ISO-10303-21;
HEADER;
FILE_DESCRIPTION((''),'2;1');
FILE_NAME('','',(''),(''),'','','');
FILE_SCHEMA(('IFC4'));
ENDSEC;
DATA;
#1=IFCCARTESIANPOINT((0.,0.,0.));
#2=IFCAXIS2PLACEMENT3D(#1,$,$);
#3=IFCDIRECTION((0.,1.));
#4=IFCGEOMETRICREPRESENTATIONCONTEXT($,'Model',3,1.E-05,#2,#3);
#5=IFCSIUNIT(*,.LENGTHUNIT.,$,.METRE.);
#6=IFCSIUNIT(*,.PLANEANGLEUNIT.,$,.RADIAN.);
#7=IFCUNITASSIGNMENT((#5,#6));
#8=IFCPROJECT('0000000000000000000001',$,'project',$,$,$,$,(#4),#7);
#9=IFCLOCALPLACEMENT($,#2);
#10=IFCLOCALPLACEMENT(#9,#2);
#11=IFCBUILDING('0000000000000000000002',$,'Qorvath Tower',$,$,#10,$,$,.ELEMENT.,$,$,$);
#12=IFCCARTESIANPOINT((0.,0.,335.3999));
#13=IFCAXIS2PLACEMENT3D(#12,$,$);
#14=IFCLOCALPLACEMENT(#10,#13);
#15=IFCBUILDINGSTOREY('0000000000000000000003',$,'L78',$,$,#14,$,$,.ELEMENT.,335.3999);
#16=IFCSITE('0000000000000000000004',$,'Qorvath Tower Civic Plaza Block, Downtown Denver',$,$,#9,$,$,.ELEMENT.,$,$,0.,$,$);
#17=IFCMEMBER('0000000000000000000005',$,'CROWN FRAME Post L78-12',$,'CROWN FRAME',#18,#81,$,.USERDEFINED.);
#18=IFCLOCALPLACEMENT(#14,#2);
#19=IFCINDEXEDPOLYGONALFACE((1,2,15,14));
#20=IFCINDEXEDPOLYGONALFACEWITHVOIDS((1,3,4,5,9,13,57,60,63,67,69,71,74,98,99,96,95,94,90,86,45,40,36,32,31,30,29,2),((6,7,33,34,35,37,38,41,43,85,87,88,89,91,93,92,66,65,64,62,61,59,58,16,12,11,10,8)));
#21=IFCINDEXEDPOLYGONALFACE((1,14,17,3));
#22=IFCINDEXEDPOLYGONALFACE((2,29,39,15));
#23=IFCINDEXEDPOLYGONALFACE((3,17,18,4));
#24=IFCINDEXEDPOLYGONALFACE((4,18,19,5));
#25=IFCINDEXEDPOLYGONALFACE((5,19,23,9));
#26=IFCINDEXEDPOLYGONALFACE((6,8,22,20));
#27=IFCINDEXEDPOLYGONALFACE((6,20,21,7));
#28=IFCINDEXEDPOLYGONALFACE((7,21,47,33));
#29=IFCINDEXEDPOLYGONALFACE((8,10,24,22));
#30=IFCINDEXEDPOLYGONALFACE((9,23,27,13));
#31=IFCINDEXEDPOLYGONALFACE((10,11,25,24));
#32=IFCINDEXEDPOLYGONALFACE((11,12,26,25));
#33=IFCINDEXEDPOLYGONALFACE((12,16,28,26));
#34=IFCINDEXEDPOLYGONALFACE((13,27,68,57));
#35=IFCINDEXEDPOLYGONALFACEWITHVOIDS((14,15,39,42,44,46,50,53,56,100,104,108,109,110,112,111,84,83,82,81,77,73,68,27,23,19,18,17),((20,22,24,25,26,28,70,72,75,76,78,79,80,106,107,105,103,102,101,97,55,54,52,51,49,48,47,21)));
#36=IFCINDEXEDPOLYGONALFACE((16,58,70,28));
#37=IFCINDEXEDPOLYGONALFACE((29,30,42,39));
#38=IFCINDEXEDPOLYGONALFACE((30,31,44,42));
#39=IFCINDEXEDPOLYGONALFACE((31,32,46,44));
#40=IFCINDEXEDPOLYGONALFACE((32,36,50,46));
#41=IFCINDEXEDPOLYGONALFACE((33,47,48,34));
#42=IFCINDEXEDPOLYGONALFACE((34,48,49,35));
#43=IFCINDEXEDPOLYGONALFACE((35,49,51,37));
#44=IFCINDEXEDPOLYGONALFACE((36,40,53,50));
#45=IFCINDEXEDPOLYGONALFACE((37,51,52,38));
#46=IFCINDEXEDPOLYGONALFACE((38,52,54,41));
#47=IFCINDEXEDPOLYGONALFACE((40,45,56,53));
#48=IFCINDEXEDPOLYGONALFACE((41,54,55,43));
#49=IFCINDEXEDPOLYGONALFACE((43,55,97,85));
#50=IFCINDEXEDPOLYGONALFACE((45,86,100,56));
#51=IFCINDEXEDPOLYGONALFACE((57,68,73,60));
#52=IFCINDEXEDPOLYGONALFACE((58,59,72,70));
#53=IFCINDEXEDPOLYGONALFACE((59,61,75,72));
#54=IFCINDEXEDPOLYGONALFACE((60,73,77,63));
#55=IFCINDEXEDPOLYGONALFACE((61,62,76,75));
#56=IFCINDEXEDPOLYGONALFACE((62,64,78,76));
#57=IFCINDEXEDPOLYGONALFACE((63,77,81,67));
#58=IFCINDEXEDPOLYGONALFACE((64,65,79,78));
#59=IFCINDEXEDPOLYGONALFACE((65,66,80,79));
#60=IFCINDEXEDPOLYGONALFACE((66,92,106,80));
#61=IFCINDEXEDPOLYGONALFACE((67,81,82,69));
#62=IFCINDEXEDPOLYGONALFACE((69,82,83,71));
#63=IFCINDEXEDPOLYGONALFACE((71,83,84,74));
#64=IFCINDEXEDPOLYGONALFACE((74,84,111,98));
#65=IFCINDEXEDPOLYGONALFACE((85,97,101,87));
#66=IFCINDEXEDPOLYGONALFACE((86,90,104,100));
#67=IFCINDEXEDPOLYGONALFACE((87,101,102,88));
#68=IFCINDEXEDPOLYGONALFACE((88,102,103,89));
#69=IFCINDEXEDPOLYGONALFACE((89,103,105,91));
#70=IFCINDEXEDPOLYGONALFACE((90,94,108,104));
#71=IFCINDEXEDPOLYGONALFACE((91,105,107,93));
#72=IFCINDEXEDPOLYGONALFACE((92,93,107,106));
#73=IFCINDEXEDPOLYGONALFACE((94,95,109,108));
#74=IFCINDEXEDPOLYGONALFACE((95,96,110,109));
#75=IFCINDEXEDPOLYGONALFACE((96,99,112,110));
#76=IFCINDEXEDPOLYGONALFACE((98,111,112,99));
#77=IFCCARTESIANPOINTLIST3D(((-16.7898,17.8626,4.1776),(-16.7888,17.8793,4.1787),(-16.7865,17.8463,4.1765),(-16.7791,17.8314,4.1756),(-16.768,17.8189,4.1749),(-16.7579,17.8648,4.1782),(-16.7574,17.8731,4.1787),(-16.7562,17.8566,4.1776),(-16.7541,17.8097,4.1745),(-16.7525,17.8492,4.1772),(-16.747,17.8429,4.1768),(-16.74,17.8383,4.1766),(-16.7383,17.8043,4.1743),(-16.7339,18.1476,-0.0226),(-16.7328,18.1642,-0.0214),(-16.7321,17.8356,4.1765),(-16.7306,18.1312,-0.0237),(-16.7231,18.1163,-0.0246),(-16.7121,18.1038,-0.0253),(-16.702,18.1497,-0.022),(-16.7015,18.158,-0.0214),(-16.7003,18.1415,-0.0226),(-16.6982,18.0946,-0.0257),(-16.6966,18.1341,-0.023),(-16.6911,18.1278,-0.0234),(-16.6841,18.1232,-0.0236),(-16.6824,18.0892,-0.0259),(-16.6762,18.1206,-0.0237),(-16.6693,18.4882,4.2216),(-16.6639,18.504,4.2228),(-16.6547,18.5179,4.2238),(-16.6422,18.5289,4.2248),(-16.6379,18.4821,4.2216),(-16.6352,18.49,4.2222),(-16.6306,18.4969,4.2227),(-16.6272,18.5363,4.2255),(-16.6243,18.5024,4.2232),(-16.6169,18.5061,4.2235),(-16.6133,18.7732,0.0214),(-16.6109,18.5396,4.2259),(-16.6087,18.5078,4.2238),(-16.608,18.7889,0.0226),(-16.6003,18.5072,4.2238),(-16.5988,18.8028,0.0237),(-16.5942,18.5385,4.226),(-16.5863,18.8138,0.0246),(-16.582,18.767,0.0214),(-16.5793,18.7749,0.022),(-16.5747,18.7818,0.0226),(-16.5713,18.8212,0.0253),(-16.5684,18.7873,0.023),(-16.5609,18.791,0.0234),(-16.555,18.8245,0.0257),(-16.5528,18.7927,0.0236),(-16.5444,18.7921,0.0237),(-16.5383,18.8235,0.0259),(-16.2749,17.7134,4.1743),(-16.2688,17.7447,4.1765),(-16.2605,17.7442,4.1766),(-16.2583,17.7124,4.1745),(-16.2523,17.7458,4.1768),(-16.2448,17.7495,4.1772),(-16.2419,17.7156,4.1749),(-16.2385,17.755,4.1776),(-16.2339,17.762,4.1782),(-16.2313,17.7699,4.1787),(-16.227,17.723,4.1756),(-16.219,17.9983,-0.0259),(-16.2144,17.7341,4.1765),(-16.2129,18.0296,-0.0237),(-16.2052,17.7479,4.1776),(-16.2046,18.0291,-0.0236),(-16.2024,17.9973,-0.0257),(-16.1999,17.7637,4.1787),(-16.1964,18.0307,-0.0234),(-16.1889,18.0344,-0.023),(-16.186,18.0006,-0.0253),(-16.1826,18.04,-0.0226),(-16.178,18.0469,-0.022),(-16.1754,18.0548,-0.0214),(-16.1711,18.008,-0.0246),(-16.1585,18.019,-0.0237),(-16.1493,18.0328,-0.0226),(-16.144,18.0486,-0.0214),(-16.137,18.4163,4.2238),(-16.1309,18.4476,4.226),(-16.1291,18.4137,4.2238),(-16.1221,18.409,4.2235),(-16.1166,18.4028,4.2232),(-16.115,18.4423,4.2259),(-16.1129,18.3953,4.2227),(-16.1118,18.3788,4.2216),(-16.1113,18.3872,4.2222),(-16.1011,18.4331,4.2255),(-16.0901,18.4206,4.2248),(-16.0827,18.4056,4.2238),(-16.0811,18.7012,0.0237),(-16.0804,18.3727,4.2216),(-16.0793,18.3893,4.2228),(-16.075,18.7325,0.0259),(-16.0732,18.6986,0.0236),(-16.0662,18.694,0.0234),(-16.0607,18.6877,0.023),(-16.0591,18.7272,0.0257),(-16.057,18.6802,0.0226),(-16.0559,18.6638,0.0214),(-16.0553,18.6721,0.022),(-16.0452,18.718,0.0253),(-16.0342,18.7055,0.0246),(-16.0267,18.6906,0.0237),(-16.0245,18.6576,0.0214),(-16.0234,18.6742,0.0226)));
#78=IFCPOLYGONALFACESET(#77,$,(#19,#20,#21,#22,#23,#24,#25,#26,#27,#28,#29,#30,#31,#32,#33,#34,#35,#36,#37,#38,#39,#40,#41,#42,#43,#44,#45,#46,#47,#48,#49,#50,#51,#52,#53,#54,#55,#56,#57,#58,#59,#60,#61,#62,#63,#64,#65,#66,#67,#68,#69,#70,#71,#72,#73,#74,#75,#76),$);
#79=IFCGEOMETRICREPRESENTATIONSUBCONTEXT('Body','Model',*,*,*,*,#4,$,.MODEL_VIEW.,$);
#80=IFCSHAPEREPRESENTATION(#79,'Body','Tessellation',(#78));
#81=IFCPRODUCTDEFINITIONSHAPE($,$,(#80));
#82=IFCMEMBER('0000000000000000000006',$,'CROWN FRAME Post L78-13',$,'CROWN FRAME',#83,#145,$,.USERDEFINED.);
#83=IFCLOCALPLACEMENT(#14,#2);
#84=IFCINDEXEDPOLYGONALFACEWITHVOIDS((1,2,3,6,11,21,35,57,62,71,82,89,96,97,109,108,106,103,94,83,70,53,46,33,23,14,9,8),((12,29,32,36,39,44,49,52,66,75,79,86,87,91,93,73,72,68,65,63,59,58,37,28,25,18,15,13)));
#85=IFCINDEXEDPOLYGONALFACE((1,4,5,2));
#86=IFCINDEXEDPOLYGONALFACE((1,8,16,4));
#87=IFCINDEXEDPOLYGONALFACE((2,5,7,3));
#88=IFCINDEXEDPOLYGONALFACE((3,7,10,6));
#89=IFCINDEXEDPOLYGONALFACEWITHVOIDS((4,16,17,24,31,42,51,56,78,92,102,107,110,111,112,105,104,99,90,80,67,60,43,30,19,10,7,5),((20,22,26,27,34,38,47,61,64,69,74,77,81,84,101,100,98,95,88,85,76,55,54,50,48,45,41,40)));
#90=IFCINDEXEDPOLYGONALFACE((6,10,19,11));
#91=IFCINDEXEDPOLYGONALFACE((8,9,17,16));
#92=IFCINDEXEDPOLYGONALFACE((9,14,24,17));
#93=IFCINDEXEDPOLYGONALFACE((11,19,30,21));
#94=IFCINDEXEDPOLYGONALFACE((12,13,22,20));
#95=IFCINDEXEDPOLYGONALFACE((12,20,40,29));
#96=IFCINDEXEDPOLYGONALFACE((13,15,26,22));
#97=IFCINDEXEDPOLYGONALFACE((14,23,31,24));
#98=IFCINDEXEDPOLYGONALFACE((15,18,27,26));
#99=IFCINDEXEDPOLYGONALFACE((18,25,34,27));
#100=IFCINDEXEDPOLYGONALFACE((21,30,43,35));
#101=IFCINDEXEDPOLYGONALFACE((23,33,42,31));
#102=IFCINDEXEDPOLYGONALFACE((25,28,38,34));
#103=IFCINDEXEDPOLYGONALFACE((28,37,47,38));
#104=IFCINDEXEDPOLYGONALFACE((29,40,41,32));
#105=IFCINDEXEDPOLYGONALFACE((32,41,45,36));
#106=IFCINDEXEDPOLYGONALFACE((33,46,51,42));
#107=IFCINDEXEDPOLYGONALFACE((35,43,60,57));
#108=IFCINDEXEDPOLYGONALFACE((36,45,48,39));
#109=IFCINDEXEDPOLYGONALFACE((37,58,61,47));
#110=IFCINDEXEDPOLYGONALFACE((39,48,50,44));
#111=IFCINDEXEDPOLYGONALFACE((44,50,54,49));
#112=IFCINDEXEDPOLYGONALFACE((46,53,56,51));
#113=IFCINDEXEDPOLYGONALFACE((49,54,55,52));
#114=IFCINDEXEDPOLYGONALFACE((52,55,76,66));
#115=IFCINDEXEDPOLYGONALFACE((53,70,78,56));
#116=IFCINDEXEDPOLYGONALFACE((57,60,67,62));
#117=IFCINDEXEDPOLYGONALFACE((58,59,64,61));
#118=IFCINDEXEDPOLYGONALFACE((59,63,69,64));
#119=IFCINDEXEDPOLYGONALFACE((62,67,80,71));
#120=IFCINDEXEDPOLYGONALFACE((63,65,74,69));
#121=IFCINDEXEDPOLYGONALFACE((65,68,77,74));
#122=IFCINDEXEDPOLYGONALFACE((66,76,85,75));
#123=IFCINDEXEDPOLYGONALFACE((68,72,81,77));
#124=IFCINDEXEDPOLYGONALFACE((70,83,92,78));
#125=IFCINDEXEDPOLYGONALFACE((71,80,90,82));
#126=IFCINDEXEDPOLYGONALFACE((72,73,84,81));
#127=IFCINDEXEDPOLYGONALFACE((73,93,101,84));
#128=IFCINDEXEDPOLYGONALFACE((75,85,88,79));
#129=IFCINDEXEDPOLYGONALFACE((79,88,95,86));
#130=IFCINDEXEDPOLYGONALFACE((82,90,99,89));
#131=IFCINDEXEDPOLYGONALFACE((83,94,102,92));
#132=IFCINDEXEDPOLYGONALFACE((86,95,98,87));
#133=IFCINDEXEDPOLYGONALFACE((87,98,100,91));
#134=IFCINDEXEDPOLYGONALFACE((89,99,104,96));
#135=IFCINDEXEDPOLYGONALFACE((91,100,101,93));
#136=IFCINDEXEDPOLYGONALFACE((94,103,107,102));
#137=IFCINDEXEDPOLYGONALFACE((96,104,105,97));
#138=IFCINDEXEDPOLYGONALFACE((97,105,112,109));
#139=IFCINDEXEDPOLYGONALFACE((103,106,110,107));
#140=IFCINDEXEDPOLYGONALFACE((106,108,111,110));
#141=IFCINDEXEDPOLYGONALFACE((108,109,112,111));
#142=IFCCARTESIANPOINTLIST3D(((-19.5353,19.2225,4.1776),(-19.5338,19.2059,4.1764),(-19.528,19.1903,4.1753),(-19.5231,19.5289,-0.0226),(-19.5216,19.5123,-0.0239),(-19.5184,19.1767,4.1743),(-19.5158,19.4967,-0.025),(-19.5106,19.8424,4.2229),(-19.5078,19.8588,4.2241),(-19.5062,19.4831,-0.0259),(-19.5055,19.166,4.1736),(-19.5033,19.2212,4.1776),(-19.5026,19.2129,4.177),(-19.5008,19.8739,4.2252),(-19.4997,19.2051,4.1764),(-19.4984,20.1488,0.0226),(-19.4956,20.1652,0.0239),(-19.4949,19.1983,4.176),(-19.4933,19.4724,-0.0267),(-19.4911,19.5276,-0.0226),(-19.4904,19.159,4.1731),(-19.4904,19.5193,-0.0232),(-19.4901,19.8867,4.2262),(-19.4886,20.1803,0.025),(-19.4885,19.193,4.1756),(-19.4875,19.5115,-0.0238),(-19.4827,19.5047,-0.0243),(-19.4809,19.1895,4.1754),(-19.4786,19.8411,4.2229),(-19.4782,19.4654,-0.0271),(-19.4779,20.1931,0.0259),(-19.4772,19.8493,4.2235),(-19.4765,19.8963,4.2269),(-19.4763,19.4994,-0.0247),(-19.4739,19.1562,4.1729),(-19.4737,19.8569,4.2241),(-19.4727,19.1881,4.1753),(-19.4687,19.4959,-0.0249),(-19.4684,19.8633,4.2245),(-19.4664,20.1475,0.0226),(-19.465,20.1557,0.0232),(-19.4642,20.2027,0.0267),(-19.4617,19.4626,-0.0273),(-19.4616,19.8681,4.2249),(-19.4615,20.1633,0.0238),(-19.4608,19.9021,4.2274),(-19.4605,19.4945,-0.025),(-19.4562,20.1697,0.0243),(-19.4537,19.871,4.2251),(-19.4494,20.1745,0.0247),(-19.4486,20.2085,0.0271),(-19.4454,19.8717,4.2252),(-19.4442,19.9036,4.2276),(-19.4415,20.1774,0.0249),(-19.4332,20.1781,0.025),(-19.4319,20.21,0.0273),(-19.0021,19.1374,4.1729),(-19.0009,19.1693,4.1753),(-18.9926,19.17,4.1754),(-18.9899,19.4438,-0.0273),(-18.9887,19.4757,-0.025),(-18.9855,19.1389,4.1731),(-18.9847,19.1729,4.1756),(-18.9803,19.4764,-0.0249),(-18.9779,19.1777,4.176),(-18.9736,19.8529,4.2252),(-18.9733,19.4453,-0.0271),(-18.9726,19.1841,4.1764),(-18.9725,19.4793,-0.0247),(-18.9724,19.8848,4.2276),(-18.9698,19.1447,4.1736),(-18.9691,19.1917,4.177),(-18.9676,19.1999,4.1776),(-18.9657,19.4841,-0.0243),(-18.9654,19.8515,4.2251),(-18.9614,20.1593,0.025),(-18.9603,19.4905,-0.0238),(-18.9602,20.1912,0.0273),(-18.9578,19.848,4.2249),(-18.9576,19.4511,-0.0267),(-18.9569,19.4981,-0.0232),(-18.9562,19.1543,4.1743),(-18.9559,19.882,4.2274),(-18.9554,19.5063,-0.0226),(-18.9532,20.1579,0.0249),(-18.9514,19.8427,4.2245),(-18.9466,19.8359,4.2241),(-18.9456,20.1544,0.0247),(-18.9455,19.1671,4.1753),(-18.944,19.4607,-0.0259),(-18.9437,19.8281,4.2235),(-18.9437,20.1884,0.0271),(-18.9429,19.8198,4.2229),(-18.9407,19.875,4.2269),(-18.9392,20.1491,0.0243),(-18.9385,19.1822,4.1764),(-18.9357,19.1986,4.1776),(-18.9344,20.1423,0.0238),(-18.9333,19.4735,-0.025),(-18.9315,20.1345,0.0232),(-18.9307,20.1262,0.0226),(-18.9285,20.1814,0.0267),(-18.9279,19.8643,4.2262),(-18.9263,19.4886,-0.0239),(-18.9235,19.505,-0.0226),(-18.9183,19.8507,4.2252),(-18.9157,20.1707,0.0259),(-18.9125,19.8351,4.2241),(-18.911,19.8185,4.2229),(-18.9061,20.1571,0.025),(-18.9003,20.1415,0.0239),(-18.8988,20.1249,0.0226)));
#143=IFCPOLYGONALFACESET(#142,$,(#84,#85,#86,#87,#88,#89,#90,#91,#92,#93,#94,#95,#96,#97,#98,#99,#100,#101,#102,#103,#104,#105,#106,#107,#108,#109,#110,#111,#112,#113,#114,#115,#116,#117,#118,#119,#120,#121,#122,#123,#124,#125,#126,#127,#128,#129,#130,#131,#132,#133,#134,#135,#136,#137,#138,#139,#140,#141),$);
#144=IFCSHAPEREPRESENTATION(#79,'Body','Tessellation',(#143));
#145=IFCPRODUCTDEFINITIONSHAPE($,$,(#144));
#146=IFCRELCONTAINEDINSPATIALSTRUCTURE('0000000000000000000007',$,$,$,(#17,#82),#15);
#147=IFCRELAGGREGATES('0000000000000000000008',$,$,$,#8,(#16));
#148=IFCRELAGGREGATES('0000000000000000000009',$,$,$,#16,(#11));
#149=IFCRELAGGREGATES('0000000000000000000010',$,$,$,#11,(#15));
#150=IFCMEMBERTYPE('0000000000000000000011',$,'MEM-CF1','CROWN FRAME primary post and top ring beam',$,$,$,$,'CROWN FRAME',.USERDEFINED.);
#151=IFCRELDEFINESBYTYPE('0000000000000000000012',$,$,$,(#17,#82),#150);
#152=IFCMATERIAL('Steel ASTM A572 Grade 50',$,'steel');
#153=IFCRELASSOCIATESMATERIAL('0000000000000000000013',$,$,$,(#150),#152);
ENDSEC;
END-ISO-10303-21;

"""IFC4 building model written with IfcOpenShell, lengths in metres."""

from ifc_helpers import new_model, si_unit, direction, frame, origin, origin_2d, place, context, subcontext, project, spatial, hollow_rectangle, extrude, material, material_profile, profile_set, type_object, element, save


model = new_model("IFC4")

# Units and contexts
model_context = context("Model", 3, precision=1e-05, world=origin(), true_north=direction((0.0, 1.0)))
body_context = subcontext(model_context, "Body", "Model", "MODEL_VIEW")
ifc_project = project(units=[si_unit("LENGTHUNIT", "METRE"), si_unit("PLANEANGLEUNIT", "RADIAN")], contexts=[model_context])

# Site, building, storey
site_placement = place(None, origin())
site = spatial("IfcSite", under=ifc_project, at=site_placement, Name="Qorvath Tower Civic Plaza Block, Downtown Denver", CompositionType="ELEMENT", RefElevation=0.0)
building_placement = place(site_placement, origin())
building = spatial("IfcBuilding", under=site, at=building_placement, Name="Qorvath Tower", CompositionType="ELEMENT")
storey_placement = place(building_placement, frame((0.0, 0.0, 335.3999)))
storey = spatial("IfcBuildingStorey", under=building, at=storey_placement, Name="L78", CompositionType="ELEMENT", Elevation=335.3999)

# Members
ifc_material_1 = material(Name="Steel ASTM A572 Grade 50", Category="steel")
ifc_material_profile_1 = material_profile(ifc_material_1, hollow_rectangle(XDim=0.6001, YDim=0.75, WallThickness=0.032, InnerFilletRadius=0.032, OuterFilletRadius=0.064, at=origin_2d()), Name="CROWN BOX 750x600x32")
ifc_profile_set_1 = profile_set([ifc_material_profile_1], Name="Steel ASTM A572 Grade 50")
member_type_1 = type_object("IfcMemberType", Name="MEM-CF1", Description="CROWN FRAME primary post and top ring beam", ElementType="CROWN FRAME", PredefinedType="USERDEFINED", material=ifc_profile_set_1)
member_1_placement = place(storey_placement, frame((-16.3787, 18.4109, 0.0), z_axis=(-0.013279, -0.067672, 0.997619), x_axis=(0.981286, -0.192557, 0.0)))
element("IfcMember", 1, at=member_1_placement, inside=storey, type_object=member_type_1, Name="CROWN FRAME Post L78-12", ObjectType="CROWN FRAME", PredefinedType="USERDEFINED", context=body_context, shape_type="SweptSolid", body=[
    extrude(hollow_rectangle(XDim=0.6001, YDim=0.75, WallThickness=0.032, InnerFilletRadius=0.032, OuterFilletRadius=0.064, at=origin_2d()), origin(), (0.0, 0.0, 1.0), 4.2102),
])
member_2_placement = place(storey_placement, frame((-19.2109, 19.8269, 0.0), z_axis=(-0.002899, -0.072755, 0.997346), x_axis=(0.999207, -0.039809, 0.0)))
element("IfcMember", 2, at=member_2_placement, inside=storey, type_object=member_type_1, Name="CROWN FRAME Post L78-13", ObjectType="CROWN FRAME", PredefinedType="USERDEFINED", context=body_context, shape_type="SweptSolid", body=[
    extrude(hollow_rectangle(XDim=0.6001, YDim=0.75, WallThickness=0.032, InnerFilletRadius=0.032, OuterFilletRadius=0.064, at=origin_2d()), origin(), (0.0, 0.0, 1.0), 4.2114),
])

save(model, "model.ifc")
